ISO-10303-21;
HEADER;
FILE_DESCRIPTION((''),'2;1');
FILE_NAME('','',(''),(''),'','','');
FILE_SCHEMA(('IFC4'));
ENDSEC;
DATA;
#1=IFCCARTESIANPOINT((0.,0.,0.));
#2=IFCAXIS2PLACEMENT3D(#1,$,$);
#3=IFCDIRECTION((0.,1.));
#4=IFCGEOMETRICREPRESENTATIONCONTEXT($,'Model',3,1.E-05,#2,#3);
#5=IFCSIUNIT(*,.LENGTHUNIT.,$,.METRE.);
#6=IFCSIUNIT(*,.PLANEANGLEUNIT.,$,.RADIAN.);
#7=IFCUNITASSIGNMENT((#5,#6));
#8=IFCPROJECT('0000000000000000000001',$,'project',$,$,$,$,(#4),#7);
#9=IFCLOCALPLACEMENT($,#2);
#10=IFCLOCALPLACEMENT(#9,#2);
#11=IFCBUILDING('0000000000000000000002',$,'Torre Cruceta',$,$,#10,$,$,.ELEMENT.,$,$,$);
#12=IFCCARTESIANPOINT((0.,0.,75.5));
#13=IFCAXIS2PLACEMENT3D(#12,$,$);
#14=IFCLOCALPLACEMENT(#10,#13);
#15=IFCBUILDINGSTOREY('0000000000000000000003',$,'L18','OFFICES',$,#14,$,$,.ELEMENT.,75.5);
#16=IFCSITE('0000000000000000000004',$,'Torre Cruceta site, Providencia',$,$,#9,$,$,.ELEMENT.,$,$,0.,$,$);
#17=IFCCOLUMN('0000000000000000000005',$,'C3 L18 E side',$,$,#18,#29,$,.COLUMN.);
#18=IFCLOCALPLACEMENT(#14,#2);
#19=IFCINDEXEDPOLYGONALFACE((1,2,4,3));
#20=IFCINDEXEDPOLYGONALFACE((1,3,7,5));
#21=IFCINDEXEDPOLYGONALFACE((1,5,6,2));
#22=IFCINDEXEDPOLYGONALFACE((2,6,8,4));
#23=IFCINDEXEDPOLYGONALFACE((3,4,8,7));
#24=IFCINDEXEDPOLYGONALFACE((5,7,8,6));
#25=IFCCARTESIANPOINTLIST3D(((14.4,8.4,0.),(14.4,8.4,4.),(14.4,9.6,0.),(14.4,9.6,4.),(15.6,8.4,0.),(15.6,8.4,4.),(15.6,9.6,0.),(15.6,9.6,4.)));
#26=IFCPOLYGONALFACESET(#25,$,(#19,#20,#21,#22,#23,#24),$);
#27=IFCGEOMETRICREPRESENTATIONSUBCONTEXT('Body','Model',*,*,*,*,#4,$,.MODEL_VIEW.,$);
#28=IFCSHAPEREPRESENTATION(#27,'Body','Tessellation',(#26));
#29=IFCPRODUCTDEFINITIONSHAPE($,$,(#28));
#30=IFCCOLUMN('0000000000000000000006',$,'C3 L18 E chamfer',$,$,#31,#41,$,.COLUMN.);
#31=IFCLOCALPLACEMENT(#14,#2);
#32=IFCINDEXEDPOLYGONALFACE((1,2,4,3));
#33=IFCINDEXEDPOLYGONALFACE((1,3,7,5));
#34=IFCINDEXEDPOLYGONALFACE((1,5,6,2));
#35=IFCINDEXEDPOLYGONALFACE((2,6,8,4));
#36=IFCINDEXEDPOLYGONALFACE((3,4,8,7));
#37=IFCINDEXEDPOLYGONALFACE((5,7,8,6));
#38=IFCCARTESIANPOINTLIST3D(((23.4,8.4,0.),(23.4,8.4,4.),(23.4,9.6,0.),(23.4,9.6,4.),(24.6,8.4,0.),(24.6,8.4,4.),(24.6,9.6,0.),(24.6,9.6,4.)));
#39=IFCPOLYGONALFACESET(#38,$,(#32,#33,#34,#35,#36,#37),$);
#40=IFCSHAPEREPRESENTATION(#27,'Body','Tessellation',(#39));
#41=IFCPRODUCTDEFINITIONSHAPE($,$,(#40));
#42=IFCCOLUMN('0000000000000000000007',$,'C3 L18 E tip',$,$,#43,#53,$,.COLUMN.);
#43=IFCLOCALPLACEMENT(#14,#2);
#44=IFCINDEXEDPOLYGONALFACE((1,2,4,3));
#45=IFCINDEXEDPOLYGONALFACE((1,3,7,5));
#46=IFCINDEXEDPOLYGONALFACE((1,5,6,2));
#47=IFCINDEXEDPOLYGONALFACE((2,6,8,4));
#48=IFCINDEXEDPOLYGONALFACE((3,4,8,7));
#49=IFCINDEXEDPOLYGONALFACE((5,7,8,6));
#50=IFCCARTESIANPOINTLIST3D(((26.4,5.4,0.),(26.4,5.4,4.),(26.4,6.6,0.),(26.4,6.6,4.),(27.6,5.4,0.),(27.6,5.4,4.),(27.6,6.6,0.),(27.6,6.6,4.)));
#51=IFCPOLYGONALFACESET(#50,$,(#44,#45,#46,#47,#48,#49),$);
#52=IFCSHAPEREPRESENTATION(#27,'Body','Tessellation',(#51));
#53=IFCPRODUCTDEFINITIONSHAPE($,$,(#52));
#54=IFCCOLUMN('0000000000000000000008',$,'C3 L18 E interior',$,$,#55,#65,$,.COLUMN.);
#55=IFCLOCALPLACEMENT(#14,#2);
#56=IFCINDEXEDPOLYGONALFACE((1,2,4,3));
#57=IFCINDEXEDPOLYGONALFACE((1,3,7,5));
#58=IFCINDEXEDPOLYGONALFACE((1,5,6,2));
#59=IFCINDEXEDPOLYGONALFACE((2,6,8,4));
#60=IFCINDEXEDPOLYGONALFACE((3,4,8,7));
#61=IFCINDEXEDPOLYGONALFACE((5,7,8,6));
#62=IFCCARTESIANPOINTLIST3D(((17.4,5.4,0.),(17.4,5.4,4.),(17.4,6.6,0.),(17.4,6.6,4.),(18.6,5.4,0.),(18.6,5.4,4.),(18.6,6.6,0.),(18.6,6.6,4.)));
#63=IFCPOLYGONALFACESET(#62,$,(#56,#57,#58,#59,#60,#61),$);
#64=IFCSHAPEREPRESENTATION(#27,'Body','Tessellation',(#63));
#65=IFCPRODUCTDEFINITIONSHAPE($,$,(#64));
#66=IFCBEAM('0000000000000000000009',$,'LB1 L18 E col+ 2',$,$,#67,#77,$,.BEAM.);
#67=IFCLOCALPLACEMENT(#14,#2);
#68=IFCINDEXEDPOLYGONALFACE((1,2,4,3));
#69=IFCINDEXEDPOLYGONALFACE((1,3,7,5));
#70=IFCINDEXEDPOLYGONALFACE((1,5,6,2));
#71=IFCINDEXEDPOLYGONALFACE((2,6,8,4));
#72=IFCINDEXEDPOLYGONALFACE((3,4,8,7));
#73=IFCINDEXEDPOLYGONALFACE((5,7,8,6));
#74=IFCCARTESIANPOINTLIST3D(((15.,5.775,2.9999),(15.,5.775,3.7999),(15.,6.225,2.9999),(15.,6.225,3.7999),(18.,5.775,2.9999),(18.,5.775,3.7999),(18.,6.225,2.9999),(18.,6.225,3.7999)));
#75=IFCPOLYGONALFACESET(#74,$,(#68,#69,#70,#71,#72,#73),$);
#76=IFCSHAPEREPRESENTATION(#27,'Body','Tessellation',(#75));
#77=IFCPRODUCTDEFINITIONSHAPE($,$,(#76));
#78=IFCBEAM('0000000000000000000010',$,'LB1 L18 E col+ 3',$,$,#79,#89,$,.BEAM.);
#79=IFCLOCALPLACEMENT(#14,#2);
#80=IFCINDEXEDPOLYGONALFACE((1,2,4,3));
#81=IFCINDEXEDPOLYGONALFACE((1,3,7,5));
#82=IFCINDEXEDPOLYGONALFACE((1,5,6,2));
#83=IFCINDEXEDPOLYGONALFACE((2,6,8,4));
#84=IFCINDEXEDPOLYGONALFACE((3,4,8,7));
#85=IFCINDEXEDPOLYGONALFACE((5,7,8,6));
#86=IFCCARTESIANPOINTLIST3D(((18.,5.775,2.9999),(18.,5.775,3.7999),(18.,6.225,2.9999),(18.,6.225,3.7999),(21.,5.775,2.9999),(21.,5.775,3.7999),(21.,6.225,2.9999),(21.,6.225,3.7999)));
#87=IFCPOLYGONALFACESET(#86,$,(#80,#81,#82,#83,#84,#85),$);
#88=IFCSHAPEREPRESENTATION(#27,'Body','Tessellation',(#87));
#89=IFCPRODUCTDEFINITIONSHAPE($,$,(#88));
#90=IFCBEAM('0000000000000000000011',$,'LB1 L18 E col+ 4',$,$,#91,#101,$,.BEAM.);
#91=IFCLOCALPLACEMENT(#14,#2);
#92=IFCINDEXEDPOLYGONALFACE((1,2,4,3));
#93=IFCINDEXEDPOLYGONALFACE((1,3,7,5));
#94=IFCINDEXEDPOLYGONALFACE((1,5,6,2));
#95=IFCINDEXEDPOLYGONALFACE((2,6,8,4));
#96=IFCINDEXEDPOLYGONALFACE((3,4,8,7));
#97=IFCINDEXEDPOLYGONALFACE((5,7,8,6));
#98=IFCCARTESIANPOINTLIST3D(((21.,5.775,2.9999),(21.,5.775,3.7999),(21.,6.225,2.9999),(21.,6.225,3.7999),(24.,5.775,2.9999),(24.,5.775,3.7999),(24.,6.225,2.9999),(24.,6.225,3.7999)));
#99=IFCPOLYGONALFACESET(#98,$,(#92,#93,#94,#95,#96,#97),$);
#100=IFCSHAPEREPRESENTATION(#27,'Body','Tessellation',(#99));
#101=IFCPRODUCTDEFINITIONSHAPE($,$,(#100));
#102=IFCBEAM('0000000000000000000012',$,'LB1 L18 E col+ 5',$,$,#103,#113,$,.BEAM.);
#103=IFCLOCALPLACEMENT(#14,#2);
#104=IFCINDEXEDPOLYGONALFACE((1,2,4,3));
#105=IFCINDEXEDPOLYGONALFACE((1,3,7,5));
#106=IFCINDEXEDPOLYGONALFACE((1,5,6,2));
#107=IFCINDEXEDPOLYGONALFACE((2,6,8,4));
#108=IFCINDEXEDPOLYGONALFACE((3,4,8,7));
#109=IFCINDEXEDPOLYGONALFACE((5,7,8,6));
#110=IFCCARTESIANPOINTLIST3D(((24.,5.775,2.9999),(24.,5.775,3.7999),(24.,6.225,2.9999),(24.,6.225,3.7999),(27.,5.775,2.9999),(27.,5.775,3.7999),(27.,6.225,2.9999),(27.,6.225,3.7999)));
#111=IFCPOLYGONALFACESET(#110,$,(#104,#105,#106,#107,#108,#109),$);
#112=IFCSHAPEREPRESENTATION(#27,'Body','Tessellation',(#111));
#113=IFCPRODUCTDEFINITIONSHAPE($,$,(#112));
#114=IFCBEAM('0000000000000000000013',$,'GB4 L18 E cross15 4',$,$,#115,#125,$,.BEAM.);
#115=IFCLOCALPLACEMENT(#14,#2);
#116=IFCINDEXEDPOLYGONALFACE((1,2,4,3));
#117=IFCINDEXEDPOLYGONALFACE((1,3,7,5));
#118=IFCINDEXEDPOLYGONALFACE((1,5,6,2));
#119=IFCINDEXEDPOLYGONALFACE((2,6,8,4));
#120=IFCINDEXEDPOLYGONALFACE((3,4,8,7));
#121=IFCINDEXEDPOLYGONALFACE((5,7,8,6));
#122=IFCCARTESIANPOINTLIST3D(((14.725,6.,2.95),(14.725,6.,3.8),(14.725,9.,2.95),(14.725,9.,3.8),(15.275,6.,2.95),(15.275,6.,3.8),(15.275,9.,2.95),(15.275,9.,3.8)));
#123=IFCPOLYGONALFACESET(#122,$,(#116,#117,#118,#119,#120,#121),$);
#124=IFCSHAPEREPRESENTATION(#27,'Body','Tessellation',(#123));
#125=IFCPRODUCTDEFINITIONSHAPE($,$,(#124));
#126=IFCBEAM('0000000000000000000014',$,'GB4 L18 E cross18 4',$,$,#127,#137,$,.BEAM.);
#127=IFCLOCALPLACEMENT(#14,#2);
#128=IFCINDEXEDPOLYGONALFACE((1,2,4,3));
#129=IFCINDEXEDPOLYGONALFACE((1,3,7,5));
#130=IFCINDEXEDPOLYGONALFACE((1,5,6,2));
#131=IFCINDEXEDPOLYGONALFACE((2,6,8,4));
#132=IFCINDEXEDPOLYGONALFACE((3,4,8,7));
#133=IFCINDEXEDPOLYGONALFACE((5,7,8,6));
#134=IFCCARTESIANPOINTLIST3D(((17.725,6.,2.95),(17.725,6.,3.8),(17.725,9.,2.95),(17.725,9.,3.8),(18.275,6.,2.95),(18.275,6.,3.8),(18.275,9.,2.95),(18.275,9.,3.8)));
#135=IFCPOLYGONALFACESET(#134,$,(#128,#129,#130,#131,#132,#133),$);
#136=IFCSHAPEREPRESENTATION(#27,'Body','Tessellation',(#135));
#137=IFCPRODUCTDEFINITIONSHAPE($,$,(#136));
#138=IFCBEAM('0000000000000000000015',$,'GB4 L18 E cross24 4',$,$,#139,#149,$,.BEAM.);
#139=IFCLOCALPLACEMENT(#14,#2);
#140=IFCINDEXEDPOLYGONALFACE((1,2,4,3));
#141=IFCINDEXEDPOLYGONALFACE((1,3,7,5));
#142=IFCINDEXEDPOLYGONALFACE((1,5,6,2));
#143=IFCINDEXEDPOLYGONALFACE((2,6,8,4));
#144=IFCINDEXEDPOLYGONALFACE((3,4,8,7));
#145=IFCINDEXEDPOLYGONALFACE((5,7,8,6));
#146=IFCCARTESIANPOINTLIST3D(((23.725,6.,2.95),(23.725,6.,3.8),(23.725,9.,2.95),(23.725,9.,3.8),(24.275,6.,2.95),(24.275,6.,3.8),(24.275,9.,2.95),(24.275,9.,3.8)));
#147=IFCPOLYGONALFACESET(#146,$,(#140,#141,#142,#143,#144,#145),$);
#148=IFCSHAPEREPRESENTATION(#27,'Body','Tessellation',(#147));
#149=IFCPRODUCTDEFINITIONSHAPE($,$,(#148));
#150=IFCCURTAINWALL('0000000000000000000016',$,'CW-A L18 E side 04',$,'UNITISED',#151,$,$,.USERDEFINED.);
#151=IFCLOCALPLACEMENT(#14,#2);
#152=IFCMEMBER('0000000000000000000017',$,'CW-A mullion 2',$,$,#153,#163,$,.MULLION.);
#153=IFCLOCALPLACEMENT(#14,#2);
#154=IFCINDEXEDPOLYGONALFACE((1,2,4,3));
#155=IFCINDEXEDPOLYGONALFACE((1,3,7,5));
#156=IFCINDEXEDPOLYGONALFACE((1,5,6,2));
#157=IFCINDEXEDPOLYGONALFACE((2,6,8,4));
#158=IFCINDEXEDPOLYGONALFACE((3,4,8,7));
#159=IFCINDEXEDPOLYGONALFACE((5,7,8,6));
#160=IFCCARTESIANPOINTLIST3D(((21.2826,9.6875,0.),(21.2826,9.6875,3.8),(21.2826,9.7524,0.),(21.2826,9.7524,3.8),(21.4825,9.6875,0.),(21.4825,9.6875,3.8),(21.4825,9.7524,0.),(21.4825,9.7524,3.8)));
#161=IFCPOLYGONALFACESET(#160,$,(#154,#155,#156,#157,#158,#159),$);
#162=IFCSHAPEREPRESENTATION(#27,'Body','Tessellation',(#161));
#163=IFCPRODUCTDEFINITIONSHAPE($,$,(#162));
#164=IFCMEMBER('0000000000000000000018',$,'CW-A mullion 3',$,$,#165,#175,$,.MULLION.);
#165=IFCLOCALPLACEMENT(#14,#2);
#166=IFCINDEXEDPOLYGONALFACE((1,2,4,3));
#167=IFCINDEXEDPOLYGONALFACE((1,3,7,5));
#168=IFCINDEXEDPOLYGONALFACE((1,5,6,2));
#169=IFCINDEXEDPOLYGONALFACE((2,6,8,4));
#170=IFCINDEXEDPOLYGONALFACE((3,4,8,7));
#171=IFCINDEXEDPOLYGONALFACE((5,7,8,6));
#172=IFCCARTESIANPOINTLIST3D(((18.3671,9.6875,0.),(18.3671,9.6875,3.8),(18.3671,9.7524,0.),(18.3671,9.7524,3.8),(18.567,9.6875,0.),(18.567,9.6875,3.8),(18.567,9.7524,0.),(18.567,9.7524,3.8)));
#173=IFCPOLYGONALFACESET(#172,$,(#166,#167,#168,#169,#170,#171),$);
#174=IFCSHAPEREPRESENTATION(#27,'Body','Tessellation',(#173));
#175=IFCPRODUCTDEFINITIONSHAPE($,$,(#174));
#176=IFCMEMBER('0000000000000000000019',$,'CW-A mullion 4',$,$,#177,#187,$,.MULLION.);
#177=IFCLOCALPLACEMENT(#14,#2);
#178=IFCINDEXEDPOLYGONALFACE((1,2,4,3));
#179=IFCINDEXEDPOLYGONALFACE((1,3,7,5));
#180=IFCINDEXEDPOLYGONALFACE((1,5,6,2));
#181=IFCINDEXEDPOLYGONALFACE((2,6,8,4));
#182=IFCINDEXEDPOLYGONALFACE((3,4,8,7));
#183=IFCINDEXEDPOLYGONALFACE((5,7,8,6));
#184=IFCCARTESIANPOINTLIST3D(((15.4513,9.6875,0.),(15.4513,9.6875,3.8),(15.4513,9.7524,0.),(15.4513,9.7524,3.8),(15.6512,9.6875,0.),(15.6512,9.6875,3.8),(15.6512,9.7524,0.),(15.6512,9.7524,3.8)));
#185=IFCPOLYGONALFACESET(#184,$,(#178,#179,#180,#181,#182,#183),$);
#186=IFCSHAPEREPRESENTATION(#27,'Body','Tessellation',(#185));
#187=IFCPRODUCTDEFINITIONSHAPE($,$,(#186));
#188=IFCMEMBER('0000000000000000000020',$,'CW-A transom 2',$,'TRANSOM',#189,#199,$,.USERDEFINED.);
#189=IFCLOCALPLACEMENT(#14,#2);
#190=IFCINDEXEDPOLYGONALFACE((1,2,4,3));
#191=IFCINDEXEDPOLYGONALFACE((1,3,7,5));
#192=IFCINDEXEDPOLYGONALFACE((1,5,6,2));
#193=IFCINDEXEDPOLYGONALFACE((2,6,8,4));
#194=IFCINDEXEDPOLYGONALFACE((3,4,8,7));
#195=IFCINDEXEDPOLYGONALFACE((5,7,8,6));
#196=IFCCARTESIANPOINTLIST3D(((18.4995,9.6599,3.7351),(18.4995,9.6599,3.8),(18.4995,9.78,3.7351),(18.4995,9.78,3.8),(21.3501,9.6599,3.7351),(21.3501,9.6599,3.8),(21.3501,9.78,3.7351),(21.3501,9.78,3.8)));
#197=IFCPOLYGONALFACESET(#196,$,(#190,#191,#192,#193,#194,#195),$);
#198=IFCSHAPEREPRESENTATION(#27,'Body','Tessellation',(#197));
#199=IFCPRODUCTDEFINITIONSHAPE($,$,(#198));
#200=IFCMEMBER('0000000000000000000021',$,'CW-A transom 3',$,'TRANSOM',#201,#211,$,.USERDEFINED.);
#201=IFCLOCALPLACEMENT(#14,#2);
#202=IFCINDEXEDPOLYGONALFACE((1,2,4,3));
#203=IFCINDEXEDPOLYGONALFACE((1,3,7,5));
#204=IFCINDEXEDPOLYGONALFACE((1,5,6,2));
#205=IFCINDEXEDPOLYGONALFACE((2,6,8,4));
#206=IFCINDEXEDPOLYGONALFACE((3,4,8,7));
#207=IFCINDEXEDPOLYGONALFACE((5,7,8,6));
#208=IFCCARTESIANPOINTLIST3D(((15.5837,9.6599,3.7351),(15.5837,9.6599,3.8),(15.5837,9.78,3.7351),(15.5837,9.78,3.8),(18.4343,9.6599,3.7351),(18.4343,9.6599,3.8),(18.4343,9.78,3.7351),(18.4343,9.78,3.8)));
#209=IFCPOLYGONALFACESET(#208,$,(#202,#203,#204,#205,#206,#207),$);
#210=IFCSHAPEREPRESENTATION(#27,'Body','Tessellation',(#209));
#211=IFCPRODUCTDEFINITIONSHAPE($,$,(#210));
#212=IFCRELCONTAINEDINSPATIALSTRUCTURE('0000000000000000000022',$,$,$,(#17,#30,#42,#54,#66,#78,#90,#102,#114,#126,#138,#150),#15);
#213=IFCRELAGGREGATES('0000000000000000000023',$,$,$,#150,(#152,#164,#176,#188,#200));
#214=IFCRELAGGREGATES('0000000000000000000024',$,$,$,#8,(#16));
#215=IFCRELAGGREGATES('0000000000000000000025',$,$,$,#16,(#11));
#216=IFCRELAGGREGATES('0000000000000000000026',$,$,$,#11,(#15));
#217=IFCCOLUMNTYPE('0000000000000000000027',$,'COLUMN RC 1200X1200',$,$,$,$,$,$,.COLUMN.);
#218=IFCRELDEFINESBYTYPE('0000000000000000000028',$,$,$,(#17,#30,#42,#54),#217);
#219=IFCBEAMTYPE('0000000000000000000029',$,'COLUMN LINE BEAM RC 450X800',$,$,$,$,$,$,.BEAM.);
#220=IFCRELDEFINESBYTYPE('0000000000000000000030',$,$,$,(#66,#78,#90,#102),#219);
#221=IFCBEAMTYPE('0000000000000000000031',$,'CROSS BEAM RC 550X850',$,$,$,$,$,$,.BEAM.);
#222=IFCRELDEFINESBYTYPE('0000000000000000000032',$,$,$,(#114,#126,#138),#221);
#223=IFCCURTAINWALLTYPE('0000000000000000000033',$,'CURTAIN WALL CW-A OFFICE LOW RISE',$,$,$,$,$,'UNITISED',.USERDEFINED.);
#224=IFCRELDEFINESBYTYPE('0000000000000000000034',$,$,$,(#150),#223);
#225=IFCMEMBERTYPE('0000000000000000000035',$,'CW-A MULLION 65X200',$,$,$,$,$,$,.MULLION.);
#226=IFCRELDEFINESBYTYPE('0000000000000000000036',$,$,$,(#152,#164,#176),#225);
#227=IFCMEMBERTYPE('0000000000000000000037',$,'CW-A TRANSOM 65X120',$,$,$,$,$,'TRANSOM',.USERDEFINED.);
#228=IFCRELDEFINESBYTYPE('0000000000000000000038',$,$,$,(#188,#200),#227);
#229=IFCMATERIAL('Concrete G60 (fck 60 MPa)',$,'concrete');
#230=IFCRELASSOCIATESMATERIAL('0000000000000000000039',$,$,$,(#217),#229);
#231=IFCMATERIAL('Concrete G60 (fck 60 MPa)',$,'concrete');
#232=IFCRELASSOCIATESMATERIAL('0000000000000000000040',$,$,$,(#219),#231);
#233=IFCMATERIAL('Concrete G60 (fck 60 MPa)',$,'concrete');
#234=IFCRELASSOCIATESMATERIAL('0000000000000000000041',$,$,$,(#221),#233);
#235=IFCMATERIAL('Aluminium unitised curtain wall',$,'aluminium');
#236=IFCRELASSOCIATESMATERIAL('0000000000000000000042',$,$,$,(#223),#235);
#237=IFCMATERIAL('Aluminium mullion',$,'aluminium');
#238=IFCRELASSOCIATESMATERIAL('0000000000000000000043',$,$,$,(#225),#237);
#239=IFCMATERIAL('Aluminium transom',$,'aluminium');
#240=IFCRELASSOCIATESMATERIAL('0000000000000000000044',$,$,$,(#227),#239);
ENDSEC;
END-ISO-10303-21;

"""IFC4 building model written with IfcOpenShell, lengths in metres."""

from ifc_helpers import new_model, si_unit, direction, frame, origin, origin_2d, place, context, subcontext, project, spatial, rectangle, extrude, material, material_profile, profile_set, type_object, element, aggregate, save


model = new_model("IFC4")

# Units and contexts
model_context = context("Model", 3, precision=1e-05, world=origin(), true_north=direction((0.0, 1.0)))
body_context = subcontext(model_context, "Body", "Model", "MODEL_VIEW")
ifc_project = project(units=[si_unit("LENGTHUNIT", "METRE"), si_unit("PLANEANGLEUNIT", "RADIAN")], contexts=[model_context])

# Site, building, storey
site_placement = place(None, origin())
site = spatial("IfcSite", under=ifc_project, at=site_placement, Name="Torre Cruceta site, Providencia", CompositionType="ELEMENT", RefElevation=0.0)
building_placement = place(site_placement, origin())
building = spatial("IfcBuilding", under=site, at=building_placement, Name="Torre Cruceta", CompositionType="ELEMENT")
storey_placement = place(building_placement, frame((0.0, 0.0, 75.5)))
storey = spatial("IfcBuildingStorey", under=building, at=storey_placement, Name="L18", Description="OFFICES", CompositionType="ELEMENT", Elevation=75.5)

# Columns
ifc_material_1 = material(Name="Concrete G60 (fck 60 MPa)", Category="concrete")
ifc_material_profile_1 = material_profile(ifc_material_1, rectangle(XDim=1.2, YDim=1.2, at=origin_2d()), Name="RC 1200X1200")
ifc_profile_set_1 = profile_set([ifc_material_profile_1], Name="Concrete G60 (fck 60 MPa)")
column_type = type_object("IfcColumnType", Name="COLUMN RC 1200X1200", PredefinedType="COLUMN", material=ifc_profile_set_1)
for number, where, z_axis, x_axis, name in (
    (1, (15.0, 9.0, 0.0), (0.0, 0.0, 1.0), (1.0, 0.0, 0.0), "C3 L18 E side"),
    (2, (24.0, 9.0, 0.0), (0.0, 0.0, 1.0), (1.0, 0.0, 0.0), "C3 L18 E chamfer"),
    (3, (27.0, 6.0, 0.0), (0.0, 0.0, 1.0), (1.0, 0.0, 0.0), "C3 L18 E tip"),
    (4, (18.0, 6.0, 0.0), (0.0, 0.0, 1.0), (1.0, 0.0, 0.0), "C3 L18 E interior"),
):
    element("IfcColumn", number, at=place(storey_placement, frame(where, z_axis=z_axis, x_axis=x_axis)), inside=storey, type_object=column_type, Name=name, PredefinedType="COLUMN", context=body_context, shape_type="SweptSolid", body=[
        extrude(rectangle(XDim=1.2, YDim=1.2, at=origin_2d()), origin(), (0.0, 0.0, 1.0), 4.0),
    ])

# Beams
ifc_material_2 = material(Name="Concrete G60 (fck 60 MPa)", Category="concrete")
ifc_material_profile_2 = material_profile(ifc_material_2, rectangle(XDim=0.45, YDim=0.8, at=origin_2d()), Name="RC 450X800")
ifc_profile_set_2 = profile_set([ifc_material_profile_2], Name="Concrete G60 (fck 60 MPa)")
beam_type_1 = type_object("IfcBeamType", Name="COLUMN LINE BEAM RC 450X800", PredefinedType="BEAM", material=ifc_profile_set_2)
for number, where, z_axis, x_axis, name in (
    (5, (15.0, 6.0, 3.3999), (1.0, 0.0, 0.0), (0.0, 1.0, 0.0), "LB1 L18 E col+ 2"),
    (6, (18.0, 6.0, 3.3999), (1.0, 0.0, 0.0), (0.0, 1.0, 0.0), "LB1 L18 E col+ 3"),
    (7, (21.0, 6.0, 3.3999), (1.0, 0.0, 0.0), (0.0, 1.0, 0.0), "LB1 L18 E col+ 4"),
    (8, (24.0, 6.0, 3.3999), (1.0, 0.0, 0.0), (0.0, 1.0, 0.0), "LB1 L18 E col+ 5"),
):
    element("IfcBeam", number, at=place(storey_placement, frame(where, z_axis=z_axis, x_axis=x_axis)), inside=storey, type_object=beam_type_1, Name=name, PredefinedType="BEAM", context=body_context, shape_type="SweptSolid", body=[
        extrude(rectangle(XDim=0.45, YDim=0.8, at=origin_2d()), origin(), (0.0, 0.0, 1.0), 3.0),
    ])
ifc_material_3 = material(Name="Concrete G60 (fck 60 MPa)", Category="concrete")
ifc_material_profile_3 = material_profile(ifc_material_3, rectangle(XDim=0.55, YDim=0.8501, at=origin_2d()), Name="RC 550X850")
ifc_profile_set_3 = profile_set([ifc_material_profile_3], Name="Concrete G60 (fck 60 MPa)")
beam_type_2 = type_object("IfcBeamType", Name="CROSS BEAM RC 550X850", PredefinedType="BEAM", material=ifc_profile_set_3)
for number, where, z_axis, x_axis, name in (
    (9, (15.0, 6.0, 3.375), (0.0, 1.0, 0.0), (-1.0, 0.0, 0.0), "GB4 L18 E cross15 4"),
    (10, (18.0, 6.0, 3.375), (0.0, 1.0, 0.0), (-1.0, 0.0, 0.0), "GB4 L18 E cross18 4"),
    (11, (24.0, 6.0, 3.375), (0.0, 1.0, 0.0), (-1.0, 0.0, 0.0), "GB4 L18 E cross24 4"),
):
    element("IfcBeam", number, at=place(storey_placement, frame(where, z_axis=z_axis, x_axis=x_axis)), inside=storey, type_object=beam_type_2, Name=name, PredefinedType="BEAM", context=body_context, shape_type="SweptSolid", body=[
        extrude(rectangle(XDim=0.55, YDim=0.8501, at=origin_2d()), origin(), (0.0, 0.0, 1.0), 3.0),
    ])

# Curtain wall, members
ifc_material_4 = material(Name="Aluminium unitised curtain wall", Category="aluminium")
curtain_wall_type = type_object("IfcCurtainWallType", Name="CURTAIN WALL CW-A OFFICE LOW RISE", ElementType="UNITISED", PredefinedType="USERDEFINED", material=ifc_material_4)
curtain_wall_placement = place(storey_placement, origin())
curtain_wall = element("IfcCurtainWall", 12, at=curtain_wall_placement, inside=storey, type_object=curtain_wall_type, Name="CW-A L18 E side 04", ObjectType="UNITISED", PredefinedType="USERDEFINED")
ifc_material_5 = material(Name="Aluminium mullion", Category="aluminium")
ifc_material_profile_4 = material_profile(ifc_material_5, rectangle(XDim=0.0649, YDim=0.2, at=origin_2d()), Name="AL 65X200")
ifc_profile_set_4 = profile_set([ifc_material_profile_4], Name="Aluminium mullion")
member_type_1 = type_object("IfcMemberType", Name="CW-A MULLION 65X200", PredefinedType="MULLION", material=ifc_profile_set_4)
member_1_placement = place(storey_placement, frame((21.3826, 9.72, 0.0), z_axis=(0.0, 0.0, 1.0), x_axis=(0.0, -1.0, 0.0)))
member_1 = element("IfcMember", 13, at=member_1_placement, type_object=member_type_1, Name="CW-A mullion 2", PredefinedType="MULLION", context=body_context, shape_type="SweptSolid", body=[
    extrude(rectangle(XDim=0.0649, YDim=0.2, at=origin_2d()), origin(), (0.0, 0.0, 1.0), 3.8),
])
member_2_placement = place(storey_placement, frame((18.467, 9.72, 0.0), z_axis=(0.0, 0.0, 1.0), x_axis=(0.0, -1.0, 0.0)))
member_2 = element("IfcMember", 14, at=member_2_placement, type_object=member_type_1, Name="CW-A mullion 3", PredefinedType="MULLION", context=body_context, shape_type="SweptSolid", body=[
    extrude(rectangle(XDim=0.0649, YDim=0.2, at=origin_2d()), origin(), (0.0, 0.0, 1.0), 3.8),
])
member_3_placement = place(storey_placement, frame((15.5513, 9.72, 0.0), z_axis=(0.0, 0.0, 1.0), x_axis=(0.0, -1.0, 0.0)))
member_3 = element("IfcMember", 15, at=member_3_placement, type_object=member_type_1, Name="CW-A mullion 4", PredefinedType="MULLION", context=body_context, shape_type="SweptSolid", body=[
    extrude(rectangle(XDim=0.0649, YDim=0.2, at=origin_2d()), origin(), (0.0, 0.0, 1.0), 3.8),
])
ifc_material_6 = material(Name="Aluminium transom", Category="aluminium")
ifc_material_profile_5 = material_profile(ifc_material_6, rectangle(XDim=0.1201, YDim=0.0649, at=origin_2d()), Name="AL 120X65")
ifc_profile_set_5 = profile_set([ifc_material_profile_5], Name="Aluminium transom")
member_type_2 = type_object("IfcMemberType", Name="CW-A TRANSOM 65X120", ElementType="TRANSOM", PredefinedType="USERDEFINED", material=ifc_profile_set_5)
member_4_placement = place(storey_placement, frame((21.3501, 9.72, 3.7676), z_axis=(-1.0, 0.0, 0.0), x_axis=(0.0, -1.0, 0.0)))
member_4 = element("IfcMember", 16, at=member_4_placement, type_object=member_type_2, Name="CW-A transom 2", ObjectType="TRANSOM", PredefinedType="USERDEFINED", context=body_context, shape_type="SweptSolid", body=[
    extrude(rectangle(XDim=0.1201, YDim=0.0649, at=origin_2d()), origin(), (0.0, 0.0, 1.0), 2.8506),
])
member_5_placement = place(storey_placement, frame((18.4343, 9.72, 3.7676), z_axis=(-1.0, 0.0, 0.0), x_axis=(0.0, -1.0, 0.0)))
member_5 = element("IfcMember", 17, at=member_5_placement, type_object=member_type_2, Name="CW-A transom 3", ObjectType="TRANSOM", PredefinedType="USERDEFINED", context=body_context, shape_type="SweptSolid", body=[
    extrude(rectangle(XDim=0.1201, YDim=0.0649, at=origin_2d()), origin(), (0.0, 0.0, 1.0), 2.8506),
])

aggregate(curtain_wall, [member_1, member_2, member_3, member_4, member_5])

save(model, "model.ifc")
